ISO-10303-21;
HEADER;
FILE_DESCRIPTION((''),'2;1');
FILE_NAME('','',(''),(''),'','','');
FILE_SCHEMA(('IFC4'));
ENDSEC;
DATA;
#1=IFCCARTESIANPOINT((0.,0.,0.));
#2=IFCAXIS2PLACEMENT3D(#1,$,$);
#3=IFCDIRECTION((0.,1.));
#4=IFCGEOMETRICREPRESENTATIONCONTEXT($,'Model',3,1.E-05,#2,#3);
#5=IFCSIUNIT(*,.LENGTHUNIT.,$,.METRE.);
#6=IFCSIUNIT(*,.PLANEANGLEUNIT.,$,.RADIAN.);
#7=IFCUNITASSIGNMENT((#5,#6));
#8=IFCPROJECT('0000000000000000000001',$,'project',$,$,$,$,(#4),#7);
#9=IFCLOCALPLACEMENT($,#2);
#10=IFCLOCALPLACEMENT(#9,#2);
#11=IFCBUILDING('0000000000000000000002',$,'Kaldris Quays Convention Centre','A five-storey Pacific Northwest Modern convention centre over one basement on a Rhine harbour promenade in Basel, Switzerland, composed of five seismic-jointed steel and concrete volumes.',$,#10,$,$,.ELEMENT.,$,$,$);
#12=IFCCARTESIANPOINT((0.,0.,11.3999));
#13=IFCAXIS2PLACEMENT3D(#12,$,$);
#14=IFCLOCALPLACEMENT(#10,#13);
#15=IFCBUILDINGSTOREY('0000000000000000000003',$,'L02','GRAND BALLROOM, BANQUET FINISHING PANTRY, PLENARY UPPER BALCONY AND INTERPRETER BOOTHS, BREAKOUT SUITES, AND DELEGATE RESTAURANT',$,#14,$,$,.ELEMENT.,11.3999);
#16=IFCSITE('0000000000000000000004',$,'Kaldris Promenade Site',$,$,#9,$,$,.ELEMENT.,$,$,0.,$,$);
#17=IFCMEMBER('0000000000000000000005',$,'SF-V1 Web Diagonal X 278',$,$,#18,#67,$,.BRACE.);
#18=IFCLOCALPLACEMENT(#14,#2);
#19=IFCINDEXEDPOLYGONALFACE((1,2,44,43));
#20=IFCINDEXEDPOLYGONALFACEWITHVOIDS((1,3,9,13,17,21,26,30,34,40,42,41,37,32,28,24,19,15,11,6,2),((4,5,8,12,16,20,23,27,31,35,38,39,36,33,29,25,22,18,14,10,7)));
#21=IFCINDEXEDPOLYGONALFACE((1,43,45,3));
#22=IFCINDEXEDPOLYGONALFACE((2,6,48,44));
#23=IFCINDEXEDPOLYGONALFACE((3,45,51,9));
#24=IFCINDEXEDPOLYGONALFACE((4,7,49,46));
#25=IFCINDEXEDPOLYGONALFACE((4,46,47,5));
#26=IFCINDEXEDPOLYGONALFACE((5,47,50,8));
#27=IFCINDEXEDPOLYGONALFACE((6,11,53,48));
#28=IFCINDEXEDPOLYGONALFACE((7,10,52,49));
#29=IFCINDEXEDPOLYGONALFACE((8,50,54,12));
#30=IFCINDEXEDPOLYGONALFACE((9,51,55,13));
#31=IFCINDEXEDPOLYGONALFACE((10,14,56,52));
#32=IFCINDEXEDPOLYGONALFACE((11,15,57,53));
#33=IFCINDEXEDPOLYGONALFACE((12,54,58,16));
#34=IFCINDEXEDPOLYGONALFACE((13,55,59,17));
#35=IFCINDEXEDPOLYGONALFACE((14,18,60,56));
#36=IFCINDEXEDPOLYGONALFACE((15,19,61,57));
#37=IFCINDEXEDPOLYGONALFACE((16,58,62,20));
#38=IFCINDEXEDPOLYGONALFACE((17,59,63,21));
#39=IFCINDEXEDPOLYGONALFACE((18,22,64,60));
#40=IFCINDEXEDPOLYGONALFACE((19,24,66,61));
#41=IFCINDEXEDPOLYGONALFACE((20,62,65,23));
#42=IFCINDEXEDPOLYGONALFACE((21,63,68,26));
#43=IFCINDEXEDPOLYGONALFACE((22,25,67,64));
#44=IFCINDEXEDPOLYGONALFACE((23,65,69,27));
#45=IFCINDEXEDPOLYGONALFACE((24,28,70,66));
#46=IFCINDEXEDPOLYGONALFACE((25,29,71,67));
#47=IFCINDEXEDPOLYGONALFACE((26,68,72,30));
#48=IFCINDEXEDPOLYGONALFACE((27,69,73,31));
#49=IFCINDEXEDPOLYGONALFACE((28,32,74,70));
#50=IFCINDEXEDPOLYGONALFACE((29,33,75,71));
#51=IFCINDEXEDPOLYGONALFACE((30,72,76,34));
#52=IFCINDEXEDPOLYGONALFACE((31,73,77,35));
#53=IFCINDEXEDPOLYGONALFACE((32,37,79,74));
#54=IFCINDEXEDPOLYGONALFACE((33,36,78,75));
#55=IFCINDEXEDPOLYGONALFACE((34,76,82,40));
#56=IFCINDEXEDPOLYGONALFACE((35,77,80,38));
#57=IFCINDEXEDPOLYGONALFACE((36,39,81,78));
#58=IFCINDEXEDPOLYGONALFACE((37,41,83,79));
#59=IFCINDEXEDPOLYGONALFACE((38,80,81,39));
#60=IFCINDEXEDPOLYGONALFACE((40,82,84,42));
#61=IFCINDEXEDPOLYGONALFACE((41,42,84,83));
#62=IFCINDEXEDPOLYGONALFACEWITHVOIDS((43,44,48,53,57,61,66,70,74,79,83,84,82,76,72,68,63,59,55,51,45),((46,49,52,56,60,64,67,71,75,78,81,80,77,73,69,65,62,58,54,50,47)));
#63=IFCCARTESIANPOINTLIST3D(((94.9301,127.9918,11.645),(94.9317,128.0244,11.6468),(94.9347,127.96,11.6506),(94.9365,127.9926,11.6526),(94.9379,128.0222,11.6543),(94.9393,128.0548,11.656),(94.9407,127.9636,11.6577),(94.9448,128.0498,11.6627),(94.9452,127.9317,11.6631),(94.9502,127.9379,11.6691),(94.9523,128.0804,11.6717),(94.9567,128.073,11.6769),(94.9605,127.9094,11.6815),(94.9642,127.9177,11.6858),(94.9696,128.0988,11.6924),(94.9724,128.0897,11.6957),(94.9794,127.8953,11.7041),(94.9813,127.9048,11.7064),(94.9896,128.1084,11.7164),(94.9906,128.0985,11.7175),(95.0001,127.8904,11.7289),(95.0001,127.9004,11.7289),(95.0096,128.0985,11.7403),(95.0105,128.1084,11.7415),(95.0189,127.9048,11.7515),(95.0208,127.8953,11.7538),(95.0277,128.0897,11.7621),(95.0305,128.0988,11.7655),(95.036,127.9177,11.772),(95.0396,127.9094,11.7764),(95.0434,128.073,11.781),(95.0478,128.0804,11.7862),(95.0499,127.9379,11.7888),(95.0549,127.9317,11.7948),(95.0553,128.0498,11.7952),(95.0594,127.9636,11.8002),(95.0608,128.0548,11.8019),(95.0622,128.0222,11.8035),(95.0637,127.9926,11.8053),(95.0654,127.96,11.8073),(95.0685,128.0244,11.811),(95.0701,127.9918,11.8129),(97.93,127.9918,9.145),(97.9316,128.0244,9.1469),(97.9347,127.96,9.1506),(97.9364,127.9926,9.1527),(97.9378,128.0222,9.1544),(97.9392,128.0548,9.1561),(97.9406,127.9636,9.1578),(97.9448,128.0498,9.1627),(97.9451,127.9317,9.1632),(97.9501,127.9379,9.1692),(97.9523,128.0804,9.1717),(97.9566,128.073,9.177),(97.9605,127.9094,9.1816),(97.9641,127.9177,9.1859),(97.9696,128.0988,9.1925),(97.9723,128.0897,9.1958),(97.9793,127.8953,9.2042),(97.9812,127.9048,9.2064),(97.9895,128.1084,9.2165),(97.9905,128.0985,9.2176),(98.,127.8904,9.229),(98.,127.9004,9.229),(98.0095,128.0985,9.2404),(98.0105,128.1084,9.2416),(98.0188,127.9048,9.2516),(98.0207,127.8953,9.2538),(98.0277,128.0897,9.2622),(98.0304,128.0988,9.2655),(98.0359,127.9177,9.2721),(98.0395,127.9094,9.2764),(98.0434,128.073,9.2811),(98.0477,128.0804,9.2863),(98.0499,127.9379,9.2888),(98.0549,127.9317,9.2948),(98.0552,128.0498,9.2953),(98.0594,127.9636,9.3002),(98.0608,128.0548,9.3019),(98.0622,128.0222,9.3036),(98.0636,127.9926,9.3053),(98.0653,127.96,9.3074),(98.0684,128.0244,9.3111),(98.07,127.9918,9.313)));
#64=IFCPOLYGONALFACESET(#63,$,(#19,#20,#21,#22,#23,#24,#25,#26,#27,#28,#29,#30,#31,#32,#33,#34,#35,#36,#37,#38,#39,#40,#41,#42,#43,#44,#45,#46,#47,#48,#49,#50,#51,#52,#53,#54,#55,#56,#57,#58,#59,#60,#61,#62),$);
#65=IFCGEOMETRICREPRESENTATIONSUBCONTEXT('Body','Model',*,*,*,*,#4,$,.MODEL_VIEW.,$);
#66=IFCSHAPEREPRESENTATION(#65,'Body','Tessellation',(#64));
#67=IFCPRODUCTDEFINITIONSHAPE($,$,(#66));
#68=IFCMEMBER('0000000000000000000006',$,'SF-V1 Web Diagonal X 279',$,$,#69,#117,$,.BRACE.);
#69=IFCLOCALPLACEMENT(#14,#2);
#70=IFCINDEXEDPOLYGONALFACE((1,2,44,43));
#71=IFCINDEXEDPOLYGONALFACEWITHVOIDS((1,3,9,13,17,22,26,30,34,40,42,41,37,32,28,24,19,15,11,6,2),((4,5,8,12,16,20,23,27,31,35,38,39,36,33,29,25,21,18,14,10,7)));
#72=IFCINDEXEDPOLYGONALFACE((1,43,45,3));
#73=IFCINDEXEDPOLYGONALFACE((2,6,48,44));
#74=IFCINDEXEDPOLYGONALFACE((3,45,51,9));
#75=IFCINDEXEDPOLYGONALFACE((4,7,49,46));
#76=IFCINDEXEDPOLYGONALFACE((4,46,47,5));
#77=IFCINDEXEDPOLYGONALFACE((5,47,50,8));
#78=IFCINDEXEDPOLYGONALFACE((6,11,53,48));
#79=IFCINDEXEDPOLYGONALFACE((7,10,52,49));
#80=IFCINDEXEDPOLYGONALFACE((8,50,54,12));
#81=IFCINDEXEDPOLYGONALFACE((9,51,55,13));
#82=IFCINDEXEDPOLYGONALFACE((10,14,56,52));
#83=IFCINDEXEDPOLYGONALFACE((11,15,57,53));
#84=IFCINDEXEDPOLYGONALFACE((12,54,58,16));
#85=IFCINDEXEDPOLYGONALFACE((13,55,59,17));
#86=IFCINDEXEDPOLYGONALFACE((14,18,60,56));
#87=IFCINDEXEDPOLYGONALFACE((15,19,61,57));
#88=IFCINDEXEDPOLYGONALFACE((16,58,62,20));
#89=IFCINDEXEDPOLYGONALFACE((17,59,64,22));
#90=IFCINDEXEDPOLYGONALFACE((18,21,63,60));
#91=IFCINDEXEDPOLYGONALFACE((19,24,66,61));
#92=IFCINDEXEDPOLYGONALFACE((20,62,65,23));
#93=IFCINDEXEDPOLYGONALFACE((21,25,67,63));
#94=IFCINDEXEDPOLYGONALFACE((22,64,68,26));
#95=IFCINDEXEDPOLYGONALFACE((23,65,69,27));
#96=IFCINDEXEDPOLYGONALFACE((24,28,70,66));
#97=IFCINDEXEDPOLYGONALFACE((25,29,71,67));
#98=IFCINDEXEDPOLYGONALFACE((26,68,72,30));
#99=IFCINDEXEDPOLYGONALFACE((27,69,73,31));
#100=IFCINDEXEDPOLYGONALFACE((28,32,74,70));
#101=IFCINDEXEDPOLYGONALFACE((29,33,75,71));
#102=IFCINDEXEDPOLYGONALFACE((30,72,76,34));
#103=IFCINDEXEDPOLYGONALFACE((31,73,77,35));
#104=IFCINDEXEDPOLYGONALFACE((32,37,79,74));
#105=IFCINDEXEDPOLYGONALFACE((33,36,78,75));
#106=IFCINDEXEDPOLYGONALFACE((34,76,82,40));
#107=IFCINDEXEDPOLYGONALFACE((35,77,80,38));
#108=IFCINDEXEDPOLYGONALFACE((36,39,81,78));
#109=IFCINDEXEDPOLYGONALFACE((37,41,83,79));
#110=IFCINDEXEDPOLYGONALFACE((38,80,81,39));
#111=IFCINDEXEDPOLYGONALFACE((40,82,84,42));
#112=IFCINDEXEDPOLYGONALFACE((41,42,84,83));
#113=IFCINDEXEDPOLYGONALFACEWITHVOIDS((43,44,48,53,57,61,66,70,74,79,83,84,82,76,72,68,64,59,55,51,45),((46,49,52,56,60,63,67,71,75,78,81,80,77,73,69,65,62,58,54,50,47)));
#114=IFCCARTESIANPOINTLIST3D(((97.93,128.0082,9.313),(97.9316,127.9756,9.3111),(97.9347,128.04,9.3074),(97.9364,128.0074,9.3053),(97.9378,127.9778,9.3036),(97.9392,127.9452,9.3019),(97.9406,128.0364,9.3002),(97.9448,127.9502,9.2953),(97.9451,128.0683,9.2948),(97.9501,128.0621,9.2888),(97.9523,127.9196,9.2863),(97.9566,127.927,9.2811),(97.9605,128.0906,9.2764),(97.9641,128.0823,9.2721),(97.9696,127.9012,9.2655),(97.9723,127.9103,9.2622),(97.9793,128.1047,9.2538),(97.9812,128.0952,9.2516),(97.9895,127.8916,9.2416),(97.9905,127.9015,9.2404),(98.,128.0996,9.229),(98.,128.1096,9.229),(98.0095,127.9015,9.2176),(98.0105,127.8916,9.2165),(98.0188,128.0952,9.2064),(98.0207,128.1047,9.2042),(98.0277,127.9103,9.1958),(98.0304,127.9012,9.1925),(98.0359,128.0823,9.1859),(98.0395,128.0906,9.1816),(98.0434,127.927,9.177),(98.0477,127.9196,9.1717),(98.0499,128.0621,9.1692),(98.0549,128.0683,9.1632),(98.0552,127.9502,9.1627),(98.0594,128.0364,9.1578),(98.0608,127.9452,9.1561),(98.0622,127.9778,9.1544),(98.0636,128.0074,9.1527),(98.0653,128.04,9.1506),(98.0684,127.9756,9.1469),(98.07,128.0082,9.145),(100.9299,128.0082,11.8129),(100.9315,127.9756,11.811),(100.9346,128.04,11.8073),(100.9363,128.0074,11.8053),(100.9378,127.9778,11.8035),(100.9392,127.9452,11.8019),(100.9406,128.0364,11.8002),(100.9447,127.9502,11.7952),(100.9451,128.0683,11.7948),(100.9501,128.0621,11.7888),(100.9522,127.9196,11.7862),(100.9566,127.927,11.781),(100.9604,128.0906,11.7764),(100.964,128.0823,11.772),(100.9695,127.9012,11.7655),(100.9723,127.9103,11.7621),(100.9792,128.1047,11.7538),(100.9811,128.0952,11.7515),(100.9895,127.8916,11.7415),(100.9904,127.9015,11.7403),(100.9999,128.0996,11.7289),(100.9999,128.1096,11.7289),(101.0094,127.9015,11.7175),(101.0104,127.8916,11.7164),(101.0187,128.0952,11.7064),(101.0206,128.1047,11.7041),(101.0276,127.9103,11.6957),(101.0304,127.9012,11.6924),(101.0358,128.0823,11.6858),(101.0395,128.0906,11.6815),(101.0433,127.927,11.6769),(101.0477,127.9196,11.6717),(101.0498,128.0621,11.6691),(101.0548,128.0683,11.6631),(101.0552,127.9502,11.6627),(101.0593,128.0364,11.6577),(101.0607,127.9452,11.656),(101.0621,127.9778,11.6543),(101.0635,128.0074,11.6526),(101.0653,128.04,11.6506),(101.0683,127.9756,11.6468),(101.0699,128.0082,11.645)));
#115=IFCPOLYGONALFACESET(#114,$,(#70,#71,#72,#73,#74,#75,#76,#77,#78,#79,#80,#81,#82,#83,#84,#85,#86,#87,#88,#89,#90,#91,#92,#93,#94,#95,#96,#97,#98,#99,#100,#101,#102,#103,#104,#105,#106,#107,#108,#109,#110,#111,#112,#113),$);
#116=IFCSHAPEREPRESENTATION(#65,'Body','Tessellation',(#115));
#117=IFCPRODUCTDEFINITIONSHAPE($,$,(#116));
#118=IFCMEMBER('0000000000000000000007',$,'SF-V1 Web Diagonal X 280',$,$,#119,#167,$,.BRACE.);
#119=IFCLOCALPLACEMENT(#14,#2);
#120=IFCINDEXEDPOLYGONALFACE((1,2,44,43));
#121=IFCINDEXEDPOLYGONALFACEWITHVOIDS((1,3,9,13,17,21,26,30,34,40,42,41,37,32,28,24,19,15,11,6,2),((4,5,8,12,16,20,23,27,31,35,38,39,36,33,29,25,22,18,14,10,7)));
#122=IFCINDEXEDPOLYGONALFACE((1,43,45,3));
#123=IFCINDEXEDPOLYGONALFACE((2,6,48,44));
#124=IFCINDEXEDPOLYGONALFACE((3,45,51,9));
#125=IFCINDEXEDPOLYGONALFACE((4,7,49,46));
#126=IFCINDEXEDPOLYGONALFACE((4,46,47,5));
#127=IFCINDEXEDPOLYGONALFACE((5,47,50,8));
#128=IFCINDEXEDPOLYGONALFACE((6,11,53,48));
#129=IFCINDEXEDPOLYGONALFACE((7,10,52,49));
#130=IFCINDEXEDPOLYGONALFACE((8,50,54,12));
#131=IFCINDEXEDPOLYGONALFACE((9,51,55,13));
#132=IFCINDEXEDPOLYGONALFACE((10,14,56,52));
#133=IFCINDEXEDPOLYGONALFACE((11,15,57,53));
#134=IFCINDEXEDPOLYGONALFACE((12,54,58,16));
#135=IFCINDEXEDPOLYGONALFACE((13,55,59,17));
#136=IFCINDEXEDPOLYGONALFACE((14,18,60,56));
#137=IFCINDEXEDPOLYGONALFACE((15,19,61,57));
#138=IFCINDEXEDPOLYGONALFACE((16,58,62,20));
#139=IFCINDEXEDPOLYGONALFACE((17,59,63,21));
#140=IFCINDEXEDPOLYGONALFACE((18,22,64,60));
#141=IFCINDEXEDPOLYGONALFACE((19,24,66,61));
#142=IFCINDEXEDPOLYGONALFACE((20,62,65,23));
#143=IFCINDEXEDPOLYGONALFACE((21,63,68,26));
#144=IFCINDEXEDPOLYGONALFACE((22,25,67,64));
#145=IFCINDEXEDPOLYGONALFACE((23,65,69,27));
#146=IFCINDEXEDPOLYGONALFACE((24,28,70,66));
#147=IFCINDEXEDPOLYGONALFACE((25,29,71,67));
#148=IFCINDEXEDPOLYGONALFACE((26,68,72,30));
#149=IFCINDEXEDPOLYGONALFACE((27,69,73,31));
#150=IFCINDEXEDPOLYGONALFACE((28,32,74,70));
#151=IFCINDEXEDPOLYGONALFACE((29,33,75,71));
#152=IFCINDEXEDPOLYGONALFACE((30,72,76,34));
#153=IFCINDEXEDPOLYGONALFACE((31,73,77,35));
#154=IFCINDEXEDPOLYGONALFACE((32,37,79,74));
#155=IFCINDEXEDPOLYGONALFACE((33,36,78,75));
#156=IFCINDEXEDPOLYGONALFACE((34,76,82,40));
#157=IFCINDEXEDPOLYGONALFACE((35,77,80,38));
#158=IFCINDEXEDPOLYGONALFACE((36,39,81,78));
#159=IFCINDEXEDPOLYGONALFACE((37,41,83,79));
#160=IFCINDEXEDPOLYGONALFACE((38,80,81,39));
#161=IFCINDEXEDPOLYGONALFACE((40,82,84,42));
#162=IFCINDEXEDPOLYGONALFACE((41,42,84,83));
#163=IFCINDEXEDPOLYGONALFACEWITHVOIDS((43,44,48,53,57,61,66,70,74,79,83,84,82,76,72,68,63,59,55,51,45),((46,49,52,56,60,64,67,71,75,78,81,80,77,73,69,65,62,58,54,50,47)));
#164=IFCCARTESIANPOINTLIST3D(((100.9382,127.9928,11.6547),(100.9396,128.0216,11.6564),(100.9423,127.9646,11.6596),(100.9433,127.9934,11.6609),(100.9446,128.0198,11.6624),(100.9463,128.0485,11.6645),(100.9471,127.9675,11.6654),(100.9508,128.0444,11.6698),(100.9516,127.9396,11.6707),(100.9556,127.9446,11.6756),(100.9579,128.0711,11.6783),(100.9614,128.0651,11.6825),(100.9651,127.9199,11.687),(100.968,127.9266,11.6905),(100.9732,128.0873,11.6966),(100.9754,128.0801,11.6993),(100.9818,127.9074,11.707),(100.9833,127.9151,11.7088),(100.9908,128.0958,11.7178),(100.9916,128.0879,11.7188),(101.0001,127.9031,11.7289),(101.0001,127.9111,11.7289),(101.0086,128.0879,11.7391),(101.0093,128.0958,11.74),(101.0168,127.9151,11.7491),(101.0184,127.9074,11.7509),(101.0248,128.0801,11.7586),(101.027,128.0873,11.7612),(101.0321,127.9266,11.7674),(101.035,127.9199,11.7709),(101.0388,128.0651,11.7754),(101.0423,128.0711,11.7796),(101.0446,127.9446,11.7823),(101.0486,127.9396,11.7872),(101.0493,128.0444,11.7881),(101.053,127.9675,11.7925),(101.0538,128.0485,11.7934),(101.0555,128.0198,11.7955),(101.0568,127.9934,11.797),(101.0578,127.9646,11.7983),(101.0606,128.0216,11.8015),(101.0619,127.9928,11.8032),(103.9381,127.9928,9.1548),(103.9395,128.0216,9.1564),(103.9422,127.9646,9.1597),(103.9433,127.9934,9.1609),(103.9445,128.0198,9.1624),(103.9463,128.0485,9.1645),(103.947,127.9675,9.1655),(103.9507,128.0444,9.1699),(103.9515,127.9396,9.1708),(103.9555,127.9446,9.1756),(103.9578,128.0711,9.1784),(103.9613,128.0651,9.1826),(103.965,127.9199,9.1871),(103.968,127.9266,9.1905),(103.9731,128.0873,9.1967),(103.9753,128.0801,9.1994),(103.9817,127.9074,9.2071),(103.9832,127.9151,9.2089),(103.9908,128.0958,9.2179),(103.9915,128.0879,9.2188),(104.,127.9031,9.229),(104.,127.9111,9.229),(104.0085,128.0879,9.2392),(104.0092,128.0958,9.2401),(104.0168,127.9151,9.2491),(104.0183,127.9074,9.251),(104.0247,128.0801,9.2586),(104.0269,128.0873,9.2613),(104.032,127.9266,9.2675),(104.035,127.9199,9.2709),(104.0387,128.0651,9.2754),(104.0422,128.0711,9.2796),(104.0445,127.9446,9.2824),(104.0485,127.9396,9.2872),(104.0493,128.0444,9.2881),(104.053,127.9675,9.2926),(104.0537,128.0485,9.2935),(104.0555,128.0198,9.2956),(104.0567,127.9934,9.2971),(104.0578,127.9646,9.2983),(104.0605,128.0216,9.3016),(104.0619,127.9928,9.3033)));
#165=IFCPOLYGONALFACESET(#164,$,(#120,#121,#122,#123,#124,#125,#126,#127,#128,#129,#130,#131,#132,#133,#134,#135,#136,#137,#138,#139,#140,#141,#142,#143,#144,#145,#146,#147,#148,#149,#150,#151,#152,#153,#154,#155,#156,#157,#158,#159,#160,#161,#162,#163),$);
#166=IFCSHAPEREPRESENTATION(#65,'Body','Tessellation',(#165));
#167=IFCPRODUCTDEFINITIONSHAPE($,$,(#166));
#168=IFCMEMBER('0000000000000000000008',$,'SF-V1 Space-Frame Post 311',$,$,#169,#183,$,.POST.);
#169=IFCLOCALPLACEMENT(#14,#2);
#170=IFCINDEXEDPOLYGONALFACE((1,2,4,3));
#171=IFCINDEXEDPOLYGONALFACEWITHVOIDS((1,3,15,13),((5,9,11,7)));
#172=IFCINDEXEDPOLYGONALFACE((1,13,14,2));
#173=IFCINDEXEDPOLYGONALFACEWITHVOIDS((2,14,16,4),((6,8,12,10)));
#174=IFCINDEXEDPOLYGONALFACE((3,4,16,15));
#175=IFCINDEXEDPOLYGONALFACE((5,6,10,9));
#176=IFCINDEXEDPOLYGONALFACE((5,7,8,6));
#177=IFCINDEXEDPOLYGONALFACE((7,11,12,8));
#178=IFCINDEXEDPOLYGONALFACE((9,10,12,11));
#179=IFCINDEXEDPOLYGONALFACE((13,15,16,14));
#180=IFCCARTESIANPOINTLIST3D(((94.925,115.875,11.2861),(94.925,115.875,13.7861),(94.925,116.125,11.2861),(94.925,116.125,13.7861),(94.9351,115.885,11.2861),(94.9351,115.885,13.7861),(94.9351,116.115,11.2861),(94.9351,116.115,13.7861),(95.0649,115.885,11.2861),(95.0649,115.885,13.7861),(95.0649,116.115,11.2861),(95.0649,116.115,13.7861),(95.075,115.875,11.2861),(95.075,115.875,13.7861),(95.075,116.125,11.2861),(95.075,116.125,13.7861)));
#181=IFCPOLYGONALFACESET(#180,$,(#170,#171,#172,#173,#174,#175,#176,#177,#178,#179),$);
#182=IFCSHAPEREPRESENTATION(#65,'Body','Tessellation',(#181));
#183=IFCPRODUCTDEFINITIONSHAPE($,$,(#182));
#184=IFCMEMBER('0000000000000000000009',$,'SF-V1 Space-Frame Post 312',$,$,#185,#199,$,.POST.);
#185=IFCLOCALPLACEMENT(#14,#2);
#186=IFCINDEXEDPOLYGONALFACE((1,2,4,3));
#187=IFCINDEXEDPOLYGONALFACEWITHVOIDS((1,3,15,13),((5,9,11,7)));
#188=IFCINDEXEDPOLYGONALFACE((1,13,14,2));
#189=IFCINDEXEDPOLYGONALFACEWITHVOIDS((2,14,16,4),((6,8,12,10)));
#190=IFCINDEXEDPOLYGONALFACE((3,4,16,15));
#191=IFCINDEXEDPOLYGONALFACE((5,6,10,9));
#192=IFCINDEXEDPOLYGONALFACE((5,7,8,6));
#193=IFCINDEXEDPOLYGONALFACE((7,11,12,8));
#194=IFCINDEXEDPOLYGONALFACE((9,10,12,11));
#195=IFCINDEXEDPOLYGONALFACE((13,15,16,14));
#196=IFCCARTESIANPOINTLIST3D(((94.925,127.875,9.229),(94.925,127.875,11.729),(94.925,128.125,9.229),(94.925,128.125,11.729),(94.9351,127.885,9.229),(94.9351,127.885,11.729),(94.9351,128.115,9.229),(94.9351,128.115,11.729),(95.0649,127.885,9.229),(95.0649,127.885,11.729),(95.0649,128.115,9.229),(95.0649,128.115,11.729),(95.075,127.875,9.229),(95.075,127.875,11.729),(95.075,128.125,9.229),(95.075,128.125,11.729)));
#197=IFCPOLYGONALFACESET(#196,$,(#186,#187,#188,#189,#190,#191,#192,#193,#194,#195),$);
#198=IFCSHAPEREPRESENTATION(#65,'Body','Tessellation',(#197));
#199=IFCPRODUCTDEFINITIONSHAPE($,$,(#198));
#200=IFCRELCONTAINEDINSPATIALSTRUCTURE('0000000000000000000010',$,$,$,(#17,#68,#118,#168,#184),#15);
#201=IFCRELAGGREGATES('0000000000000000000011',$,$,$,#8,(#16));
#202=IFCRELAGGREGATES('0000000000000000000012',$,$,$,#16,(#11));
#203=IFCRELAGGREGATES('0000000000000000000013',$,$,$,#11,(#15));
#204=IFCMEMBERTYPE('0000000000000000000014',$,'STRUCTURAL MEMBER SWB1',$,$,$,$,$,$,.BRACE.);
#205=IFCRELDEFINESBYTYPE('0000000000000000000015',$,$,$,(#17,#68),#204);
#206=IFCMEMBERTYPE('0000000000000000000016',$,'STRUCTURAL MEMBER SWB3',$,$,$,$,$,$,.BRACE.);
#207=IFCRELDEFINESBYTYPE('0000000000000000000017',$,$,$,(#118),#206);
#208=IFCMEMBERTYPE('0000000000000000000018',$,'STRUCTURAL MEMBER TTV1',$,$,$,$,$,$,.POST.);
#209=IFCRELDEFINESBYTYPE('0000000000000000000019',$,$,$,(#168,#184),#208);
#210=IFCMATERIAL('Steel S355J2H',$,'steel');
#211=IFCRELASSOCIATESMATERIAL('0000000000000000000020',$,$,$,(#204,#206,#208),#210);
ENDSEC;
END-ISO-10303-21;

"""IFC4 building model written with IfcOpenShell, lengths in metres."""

from ifc_helpers import new_model, si_unit, direction, frame, origin, origin_2d, place, context, subcontext, project, spatial, hollow_rectangle, hollow_circle, extrude, material, material_profile, profile_set, type_object, element, save


model = new_model("IFC4")

# Units and contexts
model_context = context("Model", 3, precision=1e-05, world=origin(), true_north=direction((0.0, 1.0)))
body_context = subcontext(model_context, "Body", "Model", "MODEL_VIEW")
ifc_project = project(units=[si_unit("LENGTHUNIT", "METRE"), si_unit("PLANEANGLEUNIT", "RADIAN")], contexts=[model_context])

# Site, building, storey
site_placement = place(None, origin())
site = spatial("IfcSite", under=ifc_project, at=site_placement, Name="Kaldris Promenade Site", CompositionType="ELEMENT", RefElevation=0.0)
building_placement = place(site_placement, origin())
building = spatial("IfcBuilding", under=site, at=building_placement, Name="Kaldris Quays Convention Centre", Description="A five-storey Pacific Northwest Modern convention centre over one basement on a Rhine harbour promenade in Basel, Switzerland, composed of five seismic-jointed steel and concrete volumes.", CompositionType="ELEMENT")
storey_placement = place(building_placement, frame((0.0, 0.0, 11.3999)))
storey = spatial("IfcBuildingStorey", under=building, at=storey_placement, Name="L02", Description="GRAND BALLROOM, BANQUET FINISHING PANTRY, PLENARY UPPER BALCONY AND INTERPRETER BOOTHS, BREAKOUT SUITES, AND DELEGATE RESTAURANT", CompositionType="ELEMENT", Elevation=11.3999)

# Members
ifc_material = material(Name="Steel S355J2H", Category="steel")
ifc_material_profile_1 = material_profile(ifc_material, hollow_circle(Radius=0.1096, WallThickness=0.01, at=origin_2d()), Name="CHS 219.1x10")
ifc_profile_set_1 = profile_set([ifc_material_profile_1], Name="Steel S355J2H")
member_type_1 = type_object("IfcMemberType", Name="STRUCTURAL MEMBER SWB1", PredefinedType="BRACE", material=ifc_profile_set_1)
for number, where, z_axis, x_axis, name in (
    (1, (98.0, 128.0, 9.229), (-0.768221, 0.0, 0.640184), (0.0, -1.0, 0.0), "SF-V1 Web Diagonal X 278"),
    (2, (98.0, 128.0, 9.229), (0.768221, 0.0, 0.640184), (0.0, 1.0, 0.0), "SF-V1 Web Diagonal X 279"),
):
    element("IfcMember", number, at=place(storey_placement, frame(where, z_axis=z_axis, x_axis=x_axis)), inside=storey, type_object=member_type_1, Name=name, PredefinedType="BRACE", context=body_context, shape_type="SweptSolid", body=[
        extrude(hollow_circle(Radius=0.1096, WallThickness=0.01, at=origin_2d()), origin(), (0.0, 0.0, 1.0), 3.905),
    ])
ifc_material_profile_2 = material_profile(ifc_material, hollow_circle(Radius=0.0969, WallThickness=0.0081, at=origin_2d()), Name="CHS 193.7x8")
ifc_profile_set_2 = profile_set([ifc_material_profile_2], Name="Steel S355J2H")
member_type_2 = type_object("IfcMemberType", Name="STRUCTURAL MEMBER SWB3", PredefinedType="BRACE", material=ifc_profile_set_2)
member_placement = place(storey_placement, frame((104.0, 128.0, 9.229), z_axis=(-0.768221, 0.0, 0.640184), x_axis=(0.0, -1.0, 0.0)))
element("IfcMember", 3, at=member_placement, inside=storey, type_object=member_type_2, Name="SF-V1 Web Diagonal X 280", PredefinedType="BRACE", context=body_context, shape_type="SweptSolid", body=[
    extrude(hollow_circle(Radius=0.0969, WallThickness=0.0081, at=origin_2d()), origin(), (0.0, 0.0, 1.0), 3.905),
])
ifc_material_profile_3 = material_profile(ifc_material, hollow_rectangle(XDim=0.1499, YDim=0.25, WallThickness=0.01, at=origin_2d()), Name="RHS 250x150x10")
ifc_profile_set_3 = profile_set([ifc_material_profile_3], Name="Steel S355J2H")
member_type_3 = type_object("IfcMemberType", Name="STRUCTURAL MEMBER TTV1", PredefinedType="POST", material=ifc_profile_set_3)
for number, where, z_axis, x_axis, name in (
    (4, (95.0, 116.0, 11.2861), (0.0, 0.0, 1.0), (1.0, 0.0, 0.0), "SF-V1 Space-Frame Post 311"),
    (5, (95.0, 128.0, 9.229), (0.0, 0.0, 1.0), (1.0, 0.0, 0.0), "SF-V1 Space-Frame Post 312"),
):
    element("IfcMember", number, at=place(storey_placement, frame(where, z_axis=z_axis, x_axis=x_axis)), inside=storey, type_object=member_type_3, Name=name, PredefinedType="POST", context=body_context, shape_type="SweptSolid", body=[
        extrude(hollow_rectangle(XDim=0.1499, YDim=0.25, WallThickness=0.01, at=origin_2d()), origin(), (0.0, 0.0, 1.0), 2.5),
    ])

save(model, "model.ifc")
